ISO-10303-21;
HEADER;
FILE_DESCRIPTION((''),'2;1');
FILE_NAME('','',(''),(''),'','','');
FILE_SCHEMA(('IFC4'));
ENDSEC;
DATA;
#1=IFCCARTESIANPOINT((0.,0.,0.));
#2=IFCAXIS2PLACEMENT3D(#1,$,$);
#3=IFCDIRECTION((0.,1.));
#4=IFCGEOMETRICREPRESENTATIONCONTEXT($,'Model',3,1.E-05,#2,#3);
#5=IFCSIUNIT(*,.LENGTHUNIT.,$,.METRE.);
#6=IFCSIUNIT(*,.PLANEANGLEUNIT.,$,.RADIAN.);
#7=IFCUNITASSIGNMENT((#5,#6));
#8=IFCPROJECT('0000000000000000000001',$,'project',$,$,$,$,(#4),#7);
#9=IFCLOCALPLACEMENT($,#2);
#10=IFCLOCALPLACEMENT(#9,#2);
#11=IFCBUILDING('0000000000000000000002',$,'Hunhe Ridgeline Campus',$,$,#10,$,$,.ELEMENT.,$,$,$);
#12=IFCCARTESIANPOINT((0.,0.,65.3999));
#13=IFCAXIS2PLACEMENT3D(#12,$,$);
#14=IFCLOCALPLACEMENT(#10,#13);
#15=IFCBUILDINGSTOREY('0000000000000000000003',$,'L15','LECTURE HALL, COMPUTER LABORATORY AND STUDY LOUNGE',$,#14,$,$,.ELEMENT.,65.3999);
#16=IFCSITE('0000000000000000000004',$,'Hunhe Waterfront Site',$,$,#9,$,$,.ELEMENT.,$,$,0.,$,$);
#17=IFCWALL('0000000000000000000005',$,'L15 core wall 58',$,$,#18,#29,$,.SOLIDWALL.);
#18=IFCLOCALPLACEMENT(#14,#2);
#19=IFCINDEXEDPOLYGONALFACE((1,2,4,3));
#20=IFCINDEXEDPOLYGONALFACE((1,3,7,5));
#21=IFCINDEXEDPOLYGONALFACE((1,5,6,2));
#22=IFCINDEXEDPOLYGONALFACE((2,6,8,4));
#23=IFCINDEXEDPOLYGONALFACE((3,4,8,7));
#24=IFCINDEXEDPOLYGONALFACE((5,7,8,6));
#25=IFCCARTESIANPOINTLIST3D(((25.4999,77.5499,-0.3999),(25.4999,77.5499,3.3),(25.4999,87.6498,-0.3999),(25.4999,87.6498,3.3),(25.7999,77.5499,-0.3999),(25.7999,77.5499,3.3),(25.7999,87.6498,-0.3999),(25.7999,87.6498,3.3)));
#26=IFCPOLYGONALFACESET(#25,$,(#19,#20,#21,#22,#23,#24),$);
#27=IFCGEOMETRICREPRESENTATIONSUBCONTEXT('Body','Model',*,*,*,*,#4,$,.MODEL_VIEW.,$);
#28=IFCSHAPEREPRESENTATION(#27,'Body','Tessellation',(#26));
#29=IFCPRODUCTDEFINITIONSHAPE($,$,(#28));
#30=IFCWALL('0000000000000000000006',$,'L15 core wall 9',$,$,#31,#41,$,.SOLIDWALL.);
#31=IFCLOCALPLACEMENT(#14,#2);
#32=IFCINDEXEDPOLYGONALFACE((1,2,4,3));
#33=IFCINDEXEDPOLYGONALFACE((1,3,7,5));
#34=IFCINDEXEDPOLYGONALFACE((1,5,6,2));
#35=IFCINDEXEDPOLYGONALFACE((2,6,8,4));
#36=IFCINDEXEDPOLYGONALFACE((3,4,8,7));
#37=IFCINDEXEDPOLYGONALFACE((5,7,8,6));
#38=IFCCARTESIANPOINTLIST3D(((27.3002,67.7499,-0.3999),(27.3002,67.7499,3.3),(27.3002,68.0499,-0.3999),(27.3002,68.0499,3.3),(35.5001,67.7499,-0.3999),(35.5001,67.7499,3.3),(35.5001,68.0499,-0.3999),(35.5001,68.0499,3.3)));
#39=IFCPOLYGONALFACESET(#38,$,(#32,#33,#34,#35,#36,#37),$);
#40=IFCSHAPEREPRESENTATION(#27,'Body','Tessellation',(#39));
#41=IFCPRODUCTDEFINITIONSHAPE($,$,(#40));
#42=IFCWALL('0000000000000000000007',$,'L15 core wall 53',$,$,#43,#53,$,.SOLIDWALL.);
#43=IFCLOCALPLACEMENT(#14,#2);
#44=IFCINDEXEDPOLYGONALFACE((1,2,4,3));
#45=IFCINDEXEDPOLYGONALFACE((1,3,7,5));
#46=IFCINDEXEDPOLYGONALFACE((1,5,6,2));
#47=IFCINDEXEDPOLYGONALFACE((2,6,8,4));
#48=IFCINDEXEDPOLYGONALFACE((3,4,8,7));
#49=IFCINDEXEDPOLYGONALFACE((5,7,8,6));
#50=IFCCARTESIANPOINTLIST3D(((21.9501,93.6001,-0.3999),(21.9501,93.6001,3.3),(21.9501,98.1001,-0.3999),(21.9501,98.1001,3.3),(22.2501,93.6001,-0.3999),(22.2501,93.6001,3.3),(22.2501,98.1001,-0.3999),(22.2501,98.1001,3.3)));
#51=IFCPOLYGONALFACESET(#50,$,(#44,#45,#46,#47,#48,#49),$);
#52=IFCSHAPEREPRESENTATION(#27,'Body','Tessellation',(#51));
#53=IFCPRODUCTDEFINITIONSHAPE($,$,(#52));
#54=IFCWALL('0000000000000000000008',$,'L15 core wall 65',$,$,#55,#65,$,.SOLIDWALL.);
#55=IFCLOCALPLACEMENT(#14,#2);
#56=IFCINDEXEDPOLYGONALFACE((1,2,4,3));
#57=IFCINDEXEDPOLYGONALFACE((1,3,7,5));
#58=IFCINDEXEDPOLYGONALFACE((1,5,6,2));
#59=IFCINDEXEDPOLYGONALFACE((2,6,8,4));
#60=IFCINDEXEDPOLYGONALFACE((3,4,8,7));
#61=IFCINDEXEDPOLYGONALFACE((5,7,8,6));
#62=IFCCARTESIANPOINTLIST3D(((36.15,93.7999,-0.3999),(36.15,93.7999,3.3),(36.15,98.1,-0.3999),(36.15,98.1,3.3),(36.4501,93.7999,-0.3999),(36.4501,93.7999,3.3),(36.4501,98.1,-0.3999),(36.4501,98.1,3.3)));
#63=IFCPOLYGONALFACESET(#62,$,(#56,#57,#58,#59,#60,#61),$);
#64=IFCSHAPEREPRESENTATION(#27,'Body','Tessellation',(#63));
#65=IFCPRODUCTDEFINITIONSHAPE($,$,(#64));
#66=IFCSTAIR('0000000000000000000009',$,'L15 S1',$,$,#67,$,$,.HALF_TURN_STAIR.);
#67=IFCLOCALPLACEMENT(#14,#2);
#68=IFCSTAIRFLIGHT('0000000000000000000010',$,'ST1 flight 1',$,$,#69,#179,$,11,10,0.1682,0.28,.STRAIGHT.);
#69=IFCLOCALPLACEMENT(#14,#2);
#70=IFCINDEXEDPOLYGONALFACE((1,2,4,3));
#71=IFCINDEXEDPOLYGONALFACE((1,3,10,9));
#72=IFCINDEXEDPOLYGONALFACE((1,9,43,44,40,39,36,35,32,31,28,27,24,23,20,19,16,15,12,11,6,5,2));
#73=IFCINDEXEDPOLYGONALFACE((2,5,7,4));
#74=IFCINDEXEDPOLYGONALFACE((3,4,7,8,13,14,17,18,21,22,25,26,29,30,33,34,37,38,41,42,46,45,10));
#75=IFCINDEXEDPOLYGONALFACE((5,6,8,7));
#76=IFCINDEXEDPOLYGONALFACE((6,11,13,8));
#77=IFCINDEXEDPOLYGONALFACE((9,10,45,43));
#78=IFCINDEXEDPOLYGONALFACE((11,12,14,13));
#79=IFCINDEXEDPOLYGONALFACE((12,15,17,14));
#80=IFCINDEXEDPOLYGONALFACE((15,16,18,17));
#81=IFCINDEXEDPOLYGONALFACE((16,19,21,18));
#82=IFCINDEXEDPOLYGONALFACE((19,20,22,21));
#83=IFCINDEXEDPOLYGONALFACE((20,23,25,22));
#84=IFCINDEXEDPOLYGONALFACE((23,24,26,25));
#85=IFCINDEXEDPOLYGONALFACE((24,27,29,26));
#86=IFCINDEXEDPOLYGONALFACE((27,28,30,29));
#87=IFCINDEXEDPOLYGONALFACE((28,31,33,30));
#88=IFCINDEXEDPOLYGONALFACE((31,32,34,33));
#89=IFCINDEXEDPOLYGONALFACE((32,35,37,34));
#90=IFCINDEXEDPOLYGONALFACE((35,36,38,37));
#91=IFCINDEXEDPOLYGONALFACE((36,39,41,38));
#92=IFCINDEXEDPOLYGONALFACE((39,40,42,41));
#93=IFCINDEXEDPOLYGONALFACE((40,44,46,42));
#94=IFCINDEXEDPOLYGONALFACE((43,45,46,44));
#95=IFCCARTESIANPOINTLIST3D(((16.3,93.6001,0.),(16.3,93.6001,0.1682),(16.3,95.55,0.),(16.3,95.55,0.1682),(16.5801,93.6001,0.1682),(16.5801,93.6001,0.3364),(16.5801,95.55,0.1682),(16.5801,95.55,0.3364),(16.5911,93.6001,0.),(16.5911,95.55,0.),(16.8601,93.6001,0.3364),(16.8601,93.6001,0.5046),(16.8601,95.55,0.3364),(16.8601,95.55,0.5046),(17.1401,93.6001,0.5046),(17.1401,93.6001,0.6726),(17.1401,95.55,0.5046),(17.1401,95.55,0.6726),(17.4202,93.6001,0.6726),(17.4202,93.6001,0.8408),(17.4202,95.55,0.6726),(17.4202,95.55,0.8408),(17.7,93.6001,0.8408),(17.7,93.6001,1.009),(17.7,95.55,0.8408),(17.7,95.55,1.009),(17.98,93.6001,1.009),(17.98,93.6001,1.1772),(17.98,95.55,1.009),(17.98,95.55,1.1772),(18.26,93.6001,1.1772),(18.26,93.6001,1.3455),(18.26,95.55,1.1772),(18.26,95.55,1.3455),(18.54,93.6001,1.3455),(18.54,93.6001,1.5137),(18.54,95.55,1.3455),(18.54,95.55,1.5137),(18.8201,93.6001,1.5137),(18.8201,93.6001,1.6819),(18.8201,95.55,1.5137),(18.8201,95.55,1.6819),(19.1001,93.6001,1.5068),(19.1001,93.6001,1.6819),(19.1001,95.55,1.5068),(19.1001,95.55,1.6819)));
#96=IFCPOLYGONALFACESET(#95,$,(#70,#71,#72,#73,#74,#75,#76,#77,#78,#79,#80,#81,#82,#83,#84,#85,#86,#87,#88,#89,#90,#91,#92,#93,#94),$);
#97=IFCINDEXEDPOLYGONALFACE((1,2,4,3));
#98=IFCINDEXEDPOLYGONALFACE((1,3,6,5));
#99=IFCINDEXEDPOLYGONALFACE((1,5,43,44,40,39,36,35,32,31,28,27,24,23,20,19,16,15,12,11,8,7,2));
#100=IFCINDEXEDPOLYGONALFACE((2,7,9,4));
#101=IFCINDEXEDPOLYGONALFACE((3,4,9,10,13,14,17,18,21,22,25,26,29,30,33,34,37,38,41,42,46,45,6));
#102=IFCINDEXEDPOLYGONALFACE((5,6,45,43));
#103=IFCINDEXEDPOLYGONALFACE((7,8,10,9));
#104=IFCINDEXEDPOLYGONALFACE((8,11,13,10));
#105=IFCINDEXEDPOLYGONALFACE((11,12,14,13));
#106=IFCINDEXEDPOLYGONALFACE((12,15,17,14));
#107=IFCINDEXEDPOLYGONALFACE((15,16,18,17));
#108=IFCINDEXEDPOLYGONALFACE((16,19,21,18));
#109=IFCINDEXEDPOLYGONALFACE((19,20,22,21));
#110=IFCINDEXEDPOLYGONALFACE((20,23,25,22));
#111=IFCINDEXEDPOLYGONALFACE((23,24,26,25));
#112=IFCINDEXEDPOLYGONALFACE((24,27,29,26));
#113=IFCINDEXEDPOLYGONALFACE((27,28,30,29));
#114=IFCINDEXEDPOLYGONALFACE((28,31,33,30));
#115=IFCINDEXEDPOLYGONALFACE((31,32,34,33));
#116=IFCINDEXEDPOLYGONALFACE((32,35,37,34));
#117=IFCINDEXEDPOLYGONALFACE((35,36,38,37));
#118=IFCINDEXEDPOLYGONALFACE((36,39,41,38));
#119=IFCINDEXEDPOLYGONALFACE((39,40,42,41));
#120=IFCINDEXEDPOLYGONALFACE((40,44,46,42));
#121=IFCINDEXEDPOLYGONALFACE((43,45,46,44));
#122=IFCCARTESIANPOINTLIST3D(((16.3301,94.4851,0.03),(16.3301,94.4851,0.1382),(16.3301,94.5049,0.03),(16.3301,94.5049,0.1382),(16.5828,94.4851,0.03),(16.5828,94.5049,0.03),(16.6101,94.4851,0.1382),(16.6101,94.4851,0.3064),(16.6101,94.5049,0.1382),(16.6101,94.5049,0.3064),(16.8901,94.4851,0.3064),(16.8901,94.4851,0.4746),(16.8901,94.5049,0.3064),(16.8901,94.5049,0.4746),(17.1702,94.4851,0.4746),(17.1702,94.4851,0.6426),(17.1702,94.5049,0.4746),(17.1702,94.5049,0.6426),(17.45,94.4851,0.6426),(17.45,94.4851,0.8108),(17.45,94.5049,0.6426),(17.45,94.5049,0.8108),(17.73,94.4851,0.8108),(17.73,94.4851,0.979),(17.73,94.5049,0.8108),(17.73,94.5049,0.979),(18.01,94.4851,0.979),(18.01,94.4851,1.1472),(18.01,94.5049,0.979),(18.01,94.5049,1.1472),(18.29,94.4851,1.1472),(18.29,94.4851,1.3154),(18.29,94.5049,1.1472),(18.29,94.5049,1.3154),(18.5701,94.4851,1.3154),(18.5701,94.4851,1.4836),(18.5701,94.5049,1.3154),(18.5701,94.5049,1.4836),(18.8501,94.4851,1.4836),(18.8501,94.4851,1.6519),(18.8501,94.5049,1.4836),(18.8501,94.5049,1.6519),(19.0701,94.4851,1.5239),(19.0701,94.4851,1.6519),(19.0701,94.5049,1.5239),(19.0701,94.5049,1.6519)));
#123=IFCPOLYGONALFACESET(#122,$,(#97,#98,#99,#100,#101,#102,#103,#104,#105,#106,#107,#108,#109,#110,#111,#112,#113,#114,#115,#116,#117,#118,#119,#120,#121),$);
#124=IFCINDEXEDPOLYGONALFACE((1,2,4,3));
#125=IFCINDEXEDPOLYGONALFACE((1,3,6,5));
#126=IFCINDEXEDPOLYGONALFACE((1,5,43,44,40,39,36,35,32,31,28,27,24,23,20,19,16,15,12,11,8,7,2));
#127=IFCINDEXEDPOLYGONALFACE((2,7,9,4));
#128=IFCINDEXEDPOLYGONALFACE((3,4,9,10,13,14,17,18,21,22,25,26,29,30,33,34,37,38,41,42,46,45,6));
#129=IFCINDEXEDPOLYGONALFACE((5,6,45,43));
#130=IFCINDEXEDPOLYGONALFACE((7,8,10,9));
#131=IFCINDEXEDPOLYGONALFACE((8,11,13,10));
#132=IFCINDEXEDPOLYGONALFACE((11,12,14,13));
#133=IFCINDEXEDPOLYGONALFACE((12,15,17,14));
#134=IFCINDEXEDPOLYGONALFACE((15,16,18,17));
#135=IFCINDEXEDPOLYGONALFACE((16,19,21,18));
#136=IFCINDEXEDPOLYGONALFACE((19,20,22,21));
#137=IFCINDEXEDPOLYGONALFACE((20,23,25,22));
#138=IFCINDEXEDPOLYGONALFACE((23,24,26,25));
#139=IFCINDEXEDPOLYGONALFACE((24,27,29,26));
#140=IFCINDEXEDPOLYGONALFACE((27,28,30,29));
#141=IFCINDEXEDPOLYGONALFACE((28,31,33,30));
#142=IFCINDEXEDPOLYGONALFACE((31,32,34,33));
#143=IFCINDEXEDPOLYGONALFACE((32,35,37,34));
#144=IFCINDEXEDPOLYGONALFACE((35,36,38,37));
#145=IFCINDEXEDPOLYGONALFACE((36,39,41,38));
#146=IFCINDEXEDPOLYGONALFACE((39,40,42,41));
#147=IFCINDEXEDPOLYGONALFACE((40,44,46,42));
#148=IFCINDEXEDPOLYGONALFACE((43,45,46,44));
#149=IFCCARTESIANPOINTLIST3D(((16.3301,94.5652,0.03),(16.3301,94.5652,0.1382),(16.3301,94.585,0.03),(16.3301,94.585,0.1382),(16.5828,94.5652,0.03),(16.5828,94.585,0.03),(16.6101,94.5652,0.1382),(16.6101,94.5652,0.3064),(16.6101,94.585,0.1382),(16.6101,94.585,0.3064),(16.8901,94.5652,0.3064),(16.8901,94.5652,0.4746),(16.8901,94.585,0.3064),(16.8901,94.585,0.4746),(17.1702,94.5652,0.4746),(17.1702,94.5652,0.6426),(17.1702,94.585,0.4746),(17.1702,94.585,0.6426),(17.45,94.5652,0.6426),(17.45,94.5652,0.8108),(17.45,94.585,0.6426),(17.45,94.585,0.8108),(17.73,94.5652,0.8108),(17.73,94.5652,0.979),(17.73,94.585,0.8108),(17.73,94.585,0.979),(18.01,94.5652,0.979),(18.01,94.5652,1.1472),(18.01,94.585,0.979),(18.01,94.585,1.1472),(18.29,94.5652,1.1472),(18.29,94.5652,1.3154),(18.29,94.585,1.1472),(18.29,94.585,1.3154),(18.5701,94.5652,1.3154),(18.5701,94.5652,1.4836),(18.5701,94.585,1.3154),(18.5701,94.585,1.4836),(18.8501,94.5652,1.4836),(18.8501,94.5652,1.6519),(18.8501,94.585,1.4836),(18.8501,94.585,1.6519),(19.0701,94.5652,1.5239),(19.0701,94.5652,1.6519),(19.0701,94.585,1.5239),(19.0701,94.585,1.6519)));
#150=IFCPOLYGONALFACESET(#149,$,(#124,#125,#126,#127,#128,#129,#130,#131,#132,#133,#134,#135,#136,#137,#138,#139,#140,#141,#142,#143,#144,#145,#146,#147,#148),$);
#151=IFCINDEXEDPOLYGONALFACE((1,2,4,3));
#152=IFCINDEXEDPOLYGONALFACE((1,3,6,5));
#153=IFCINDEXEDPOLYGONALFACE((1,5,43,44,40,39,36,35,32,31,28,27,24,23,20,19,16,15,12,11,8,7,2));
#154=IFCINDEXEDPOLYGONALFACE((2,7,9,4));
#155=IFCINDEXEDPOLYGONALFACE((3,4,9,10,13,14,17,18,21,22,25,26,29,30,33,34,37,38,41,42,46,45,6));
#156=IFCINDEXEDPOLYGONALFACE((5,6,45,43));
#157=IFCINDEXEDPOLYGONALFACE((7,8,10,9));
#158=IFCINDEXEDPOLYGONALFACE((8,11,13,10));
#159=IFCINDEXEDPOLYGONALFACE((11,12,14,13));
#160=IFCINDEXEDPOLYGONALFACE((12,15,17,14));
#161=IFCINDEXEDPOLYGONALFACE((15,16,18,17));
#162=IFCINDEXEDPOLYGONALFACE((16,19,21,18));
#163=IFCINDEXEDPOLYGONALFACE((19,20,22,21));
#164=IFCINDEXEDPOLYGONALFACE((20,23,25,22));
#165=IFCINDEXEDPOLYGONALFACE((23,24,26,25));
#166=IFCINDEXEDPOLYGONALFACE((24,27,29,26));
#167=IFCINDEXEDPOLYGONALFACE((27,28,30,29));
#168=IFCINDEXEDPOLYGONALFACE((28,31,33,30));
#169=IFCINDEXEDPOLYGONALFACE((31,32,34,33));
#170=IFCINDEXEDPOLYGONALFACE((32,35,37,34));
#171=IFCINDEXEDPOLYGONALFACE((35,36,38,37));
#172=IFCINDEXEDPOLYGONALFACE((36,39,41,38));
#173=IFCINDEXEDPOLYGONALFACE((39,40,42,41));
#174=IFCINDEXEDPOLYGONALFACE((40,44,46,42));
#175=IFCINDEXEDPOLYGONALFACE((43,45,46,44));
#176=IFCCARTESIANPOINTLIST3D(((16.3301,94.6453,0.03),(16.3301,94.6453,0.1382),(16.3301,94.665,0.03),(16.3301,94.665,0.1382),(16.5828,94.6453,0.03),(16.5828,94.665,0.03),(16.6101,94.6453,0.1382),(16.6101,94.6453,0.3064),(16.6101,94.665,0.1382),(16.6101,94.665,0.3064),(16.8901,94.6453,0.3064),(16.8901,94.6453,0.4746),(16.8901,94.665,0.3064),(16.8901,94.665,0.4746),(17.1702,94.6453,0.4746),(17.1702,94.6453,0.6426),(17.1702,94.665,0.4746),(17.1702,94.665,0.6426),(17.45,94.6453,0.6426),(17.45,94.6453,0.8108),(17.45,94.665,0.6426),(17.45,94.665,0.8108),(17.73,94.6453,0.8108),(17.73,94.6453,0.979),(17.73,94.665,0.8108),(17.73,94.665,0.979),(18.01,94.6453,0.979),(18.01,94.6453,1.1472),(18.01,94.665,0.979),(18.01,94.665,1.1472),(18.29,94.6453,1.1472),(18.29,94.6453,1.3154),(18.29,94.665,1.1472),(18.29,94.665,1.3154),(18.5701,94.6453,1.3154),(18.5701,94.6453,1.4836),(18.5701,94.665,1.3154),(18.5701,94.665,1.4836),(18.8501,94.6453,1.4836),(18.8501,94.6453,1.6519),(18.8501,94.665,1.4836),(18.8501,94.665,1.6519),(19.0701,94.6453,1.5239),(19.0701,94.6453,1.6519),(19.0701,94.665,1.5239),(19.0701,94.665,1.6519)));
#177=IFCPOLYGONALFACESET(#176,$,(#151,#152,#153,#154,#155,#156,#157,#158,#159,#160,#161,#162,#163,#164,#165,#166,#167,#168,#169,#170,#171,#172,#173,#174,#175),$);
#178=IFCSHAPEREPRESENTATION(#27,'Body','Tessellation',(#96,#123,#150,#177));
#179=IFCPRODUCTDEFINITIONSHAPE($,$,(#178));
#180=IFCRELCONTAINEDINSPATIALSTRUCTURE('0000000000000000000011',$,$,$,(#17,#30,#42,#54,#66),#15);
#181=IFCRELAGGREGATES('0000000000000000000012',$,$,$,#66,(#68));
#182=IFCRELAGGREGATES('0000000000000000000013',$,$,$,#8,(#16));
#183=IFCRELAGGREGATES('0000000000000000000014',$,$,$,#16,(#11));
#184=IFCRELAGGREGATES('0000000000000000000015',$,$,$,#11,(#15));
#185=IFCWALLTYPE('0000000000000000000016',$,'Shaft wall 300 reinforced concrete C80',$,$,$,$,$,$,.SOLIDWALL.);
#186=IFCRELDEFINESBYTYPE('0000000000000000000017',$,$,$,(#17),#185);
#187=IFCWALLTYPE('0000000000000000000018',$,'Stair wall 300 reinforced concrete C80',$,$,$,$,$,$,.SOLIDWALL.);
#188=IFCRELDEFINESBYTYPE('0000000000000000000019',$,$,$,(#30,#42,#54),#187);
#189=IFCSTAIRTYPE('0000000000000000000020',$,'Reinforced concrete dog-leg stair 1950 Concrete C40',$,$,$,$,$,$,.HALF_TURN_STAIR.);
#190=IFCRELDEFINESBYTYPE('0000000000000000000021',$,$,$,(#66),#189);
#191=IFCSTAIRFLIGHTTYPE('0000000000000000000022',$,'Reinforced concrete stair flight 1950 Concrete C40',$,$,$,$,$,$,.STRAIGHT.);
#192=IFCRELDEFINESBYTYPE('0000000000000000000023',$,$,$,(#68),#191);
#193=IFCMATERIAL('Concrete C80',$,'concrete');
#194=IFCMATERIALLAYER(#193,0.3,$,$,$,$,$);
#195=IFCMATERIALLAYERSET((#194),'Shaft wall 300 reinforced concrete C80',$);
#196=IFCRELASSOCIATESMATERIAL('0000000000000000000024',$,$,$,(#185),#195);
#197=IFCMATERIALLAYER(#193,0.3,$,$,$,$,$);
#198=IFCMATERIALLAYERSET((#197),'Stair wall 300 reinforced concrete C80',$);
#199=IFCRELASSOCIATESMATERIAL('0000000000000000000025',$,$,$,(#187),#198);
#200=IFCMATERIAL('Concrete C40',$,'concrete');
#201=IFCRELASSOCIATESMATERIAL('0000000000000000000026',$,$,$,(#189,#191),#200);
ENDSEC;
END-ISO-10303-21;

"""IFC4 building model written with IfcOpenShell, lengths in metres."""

from ifc_helpers import new_model, si_unit, direction, frame, frame_2d, origin, place, context, subcontext, project, spatial, polyline, rectangle, outline, extrude, material, layer, layer_set, type_object, element, aggregate, save


model = new_model("IFC4")

# Units and contexts
model_context = context("Model", 3, precision=1e-05, world=origin(), true_north=direction((0.0, 1.0)))
body_context = subcontext(model_context, "Body", "Model", "MODEL_VIEW")
ifc_project = project(units=[si_unit("LENGTHUNIT", "METRE"), si_unit("PLANEANGLEUNIT", "RADIAN")], contexts=[model_context])

# Site, building, storey
site_placement = place(None, origin())
site = spatial("IfcSite", under=ifc_project, at=site_placement, Name="Hunhe Waterfront Site", CompositionType="ELEMENT", RefElevation=0.0)
building_placement = place(site_placement, origin())
building = spatial("IfcBuilding", under=site, at=building_placement, Name="Hunhe Ridgeline Campus", CompositionType="ELEMENT")
storey_placement = place(building_placement, frame((0.0, 0.0, 65.3999)))
storey = spatial("IfcBuildingStorey", under=building, at=storey_placement, Name="L15", Description="LECTURE HALL, COMPUTER LABORATORY AND STUDY LOUNGE", CompositionType="ELEMENT", Elevation=65.3999)

# Walls
ifc_material_1 = material(Name="Concrete C80", Category="concrete")
ifc_layer_1 = layer(ifc_material_1, 0.3)
ifc_layer_set_1 = layer_set([ifc_layer_1], Name="Shaft wall 300 reinforced concrete C80")
wall_type_1 = type_object("IfcWallType", Name="Shaft wall 300 reinforced concrete C80", PredefinedType="SOLIDWALL", material=ifc_layer_set_1)
for number, where, z_axis, x_axis, name in (
    (1, (25.6499, 77.55, -0.3999), (0.0, 0.0, 1.0), (0.0, 1.0, 0.0), "L15 core wall 58"),
):
    element("IfcWall", number, at=place(storey_placement, frame(where, z_axis=z_axis, x_axis=x_axis)), inside=storey, type_object=wall_type_1, Name=name, PredefinedType="SOLIDWALL", context=body_context, shape_type="SweptSolid", body=[
        extrude(rectangle(XDim=10.0999, YDim=0.3, at=frame_2d((5.0498, 0.0))), origin(), (0.0, 0.0, 1.0), 3.7),
    ])
ifc_layer_2 = layer(ifc_material_1, 0.3)
ifc_layer_set_2 = layer_set([ifc_layer_2], Name="Stair wall 300 reinforced concrete C80")
wall_type_2 = type_object("IfcWallType", Name="Stair wall 300 reinforced concrete C80", PredefinedType="SOLIDWALL", material=ifc_layer_set_2)
wall_1_placement = place(storey_placement, frame((27.3, 67.8999, -0.3999), z_axis=(0.0, 0.0, 1.0), x_axis=(1.0, 0.0, 0.0)))
element("IfcWall", 2, at=wall_1_placement, inside=storey, type_object=wall_type_2, Name="L15 core wall 9", PredefinedType="SOLIDWALL", context=body_context, shape_type="SweptSolid", body=[
    extrude(rectangle(XDim=8.2, YDim=0.3, at=frame_2d((4.1001, 0.0))), origin(), (0.0, 0.0, 1.0), 3.7),
])

# Walls
wall_2_placement = place(storey_placement, frame((22.1001, 93.6001, -0.3999), z_axis=(0.0, 0.0, 1.0), x_axis=(0.0, 1.0, 0.0)))
element("IfcWall", 3, at=wall_2_placement, inside=storey, type_object=wall_type_2, Name="L15 core wall 53", PredefinedType="SOLIDWALL", context=body_context, shape_type="SweptSolid", body=[
    extrude(rectangle(XDim=4.5, YDim=0.3, at=frame_2d((2.25, 0.0))), origin(), (0.0, 0.0, 1.0), 3.7),
])
wall_3_placement = place(storey_placement, frame((36.3, 93.8, -0.3999), z_axis=(0.0, 0.0, 1.0), x_axis=(0.0, 1.0, 0.0)))
element("IfcWall", 4, at=wall_3_placement, inside=storey, type_object=wall_type_2, Name="L15 core wall 65", PredefinedType="SOLIDWALL", context=body_context, shape_type="SweptSolid", body=[
    extrude(rectangle(XDim=4.3, YDim=0.3, at=frame_2d((2.1499, 0.0))), origin(), (0.0, 0.0, 1.0), 3.7),
])

# Stair, stair flight
ifc_material_2 = material(Name="Concrete C40", Category="concrete")
stair_type = type_object("IfcStairType", Name="Reinforced concrete dog-leg stair 1950 Concrete C40", PredefinedType="HALF_TURN_STAIR", material=ifc_material_2)
stair_1_placement = place(storey_placement, origin())
stair_1 = element("IfcStair", 5, at=stair_1_placement, inside=storey, type_object=stair_type, Name="L15 S1", PredefinedType="HALF_TURN_STAIR")
stair_flight_type = type_object("IfcStairFlightType", Name="Reinforced concrete stair flight 1950 Concrete C40", PredefinedType="STRAIGHT", material=ifc_material_2)
stair_flight_1_placement = place(storey_placement, frame((16.3, 94.575, 0.0), z_axis=(0.0, 0.0, 1.0), x_axis=(1.0, 0.0, 0.0)))
stair_flight_1 = element("IfcStairFlight", 6, at=stair_flight_1_placement, type_object=stair_flight_type, Name="ST1 flight 1", NumberOfRisers=11, NumberOfTreads=10, PredefinedType="STRAIGHT", RiserHeight=0.1682, TreadLength=0.28, context=body_context, shape_type="SweptSolid", body=[
    extrude(outline(polyline([(0.0, 0.0), (0.0, 0.1682), (0.28, 0.1682), (0.28, 0.3364), (0.5601, 0.3364), (0.5601, 0.5046), (0.8401, 0.5046), (0.8401, 0.6726), (1.1201, 0.6726), (1.1201, 0.8408), (1.3999, 0.8408), (1.3999, 1.009), (1.6799, 1.009), (1.6799, 1.1772), (1.96, 1.1772), (1.96, 1.3455), (2.24, 1.3455), (2.24, 1.5137), (2.52, 1.5137), (2.52, 1.6819), (2.8, 1.6819), (2.8, 1.8501), (2.8, 1.5068), (0.291, 0.0), (0.0, 0.0)])), frame((0.0, 0.9751, 0.0), z_axis=(0.0, -1.0, 0.0), x_axis=(1.0, 0.0, 0.0)), (0.0, 0.0, 1.0), 1.95),
    extrude(outline(polyline([(0.03, 0.03), (0.03, 0.1382), (0.3101, 0.1382), (0.3101, 0.3064), (0.5901, 0.3064), (0.5901, 0.4746), (0.8701, 0.4746), (0.8701, 0.6426), (1.1499, 0.6426), (1.1499, 0.8108), (1.4299, 0.8108), (1.4299, 0.979), (1.71, 0.979), (1.71, 1.1472), (1.99, 1.1472), (1.99, 1.3154), (2.27, 1.3154), (2.27, 1.4836), (2.55, 1.4836), (2.55, 1.6519), (2.77, 1.6519), (2.77, 1.5239), (0.2827, 0.03), (0.03, 0.03)])), frame((0.0, -0.0701, 0.0), z_axis=(0.0, -1.0, 0.0), x_axis=(1.0, 0.0, 0.0)), (0.0, 0.0, 1.0), 0.0198),
    extrude(outline(polyline([(0.03, 0.03), (0.03, 0.1382), (0.3101, 0.1382), (0.3101, 0.3064), (0.5901, 0.3064), (0.5901, 0.4746), (0.8701, 0.4746), (0.8701, 0.6426), (1.1499, 0.6426), (1.1499, 0.8108), (1.4299, 0.8108), (1.4299, 0.979), (1.71, 0.979), (1.71, 1.1472), (1.99, 1.1472), (1.99, 1.3154), (2.27, 1.3154), (2.27, 1.4836), (2.55, 1.4836), (2.55, 1.6519), (2.77, 1.6519), (2.77, 1.5239), (0.2827, 0.03), (0.03, 0.03)])), frame((0.0, 0.01, 0.0), z_axis=(0.0, -1.0, 0.0), x_axis=(1.0, 0.0, 0.0)), (0.0, 0.0, 1.0), 0.0198),
    extrude(outline(polyline([(0.03, 0.03), (0.03, 0.1382), (0.3101, 0.1382), (0.3101, 0.3064), (0.5901, 0.3064), (0.5901, 0.4746), (0.8701, 0.4746), (0.8701, 0.6426), (1.1499, 0.6426), (1.1499, 0.8108), (1.4299, 0.8108), (1.4299, 0.979), (1.71, 0.979), (1.71, 1.1472), (1.99, 1.1472), (1.99, 1.3154), (2.27, 1.3154), (2.27, 1.4836), (2.55, 1.4836), (2.55, 1.6519), (2.77, 1.6519), (2.77, 1.5239), (0.2827, 0.03), (0.03, 0.03)])), frame((0.0, 0.0901, 0.0), z_axis=(0.0, -1.0, 0.0), x_axis=(1.0, 0.0, 0.0)), (0.0, 0.0, 1.0), 0.0198),
])
aggregate(stair_1, [stair_flight_1])

save(model, "model.ifc")
